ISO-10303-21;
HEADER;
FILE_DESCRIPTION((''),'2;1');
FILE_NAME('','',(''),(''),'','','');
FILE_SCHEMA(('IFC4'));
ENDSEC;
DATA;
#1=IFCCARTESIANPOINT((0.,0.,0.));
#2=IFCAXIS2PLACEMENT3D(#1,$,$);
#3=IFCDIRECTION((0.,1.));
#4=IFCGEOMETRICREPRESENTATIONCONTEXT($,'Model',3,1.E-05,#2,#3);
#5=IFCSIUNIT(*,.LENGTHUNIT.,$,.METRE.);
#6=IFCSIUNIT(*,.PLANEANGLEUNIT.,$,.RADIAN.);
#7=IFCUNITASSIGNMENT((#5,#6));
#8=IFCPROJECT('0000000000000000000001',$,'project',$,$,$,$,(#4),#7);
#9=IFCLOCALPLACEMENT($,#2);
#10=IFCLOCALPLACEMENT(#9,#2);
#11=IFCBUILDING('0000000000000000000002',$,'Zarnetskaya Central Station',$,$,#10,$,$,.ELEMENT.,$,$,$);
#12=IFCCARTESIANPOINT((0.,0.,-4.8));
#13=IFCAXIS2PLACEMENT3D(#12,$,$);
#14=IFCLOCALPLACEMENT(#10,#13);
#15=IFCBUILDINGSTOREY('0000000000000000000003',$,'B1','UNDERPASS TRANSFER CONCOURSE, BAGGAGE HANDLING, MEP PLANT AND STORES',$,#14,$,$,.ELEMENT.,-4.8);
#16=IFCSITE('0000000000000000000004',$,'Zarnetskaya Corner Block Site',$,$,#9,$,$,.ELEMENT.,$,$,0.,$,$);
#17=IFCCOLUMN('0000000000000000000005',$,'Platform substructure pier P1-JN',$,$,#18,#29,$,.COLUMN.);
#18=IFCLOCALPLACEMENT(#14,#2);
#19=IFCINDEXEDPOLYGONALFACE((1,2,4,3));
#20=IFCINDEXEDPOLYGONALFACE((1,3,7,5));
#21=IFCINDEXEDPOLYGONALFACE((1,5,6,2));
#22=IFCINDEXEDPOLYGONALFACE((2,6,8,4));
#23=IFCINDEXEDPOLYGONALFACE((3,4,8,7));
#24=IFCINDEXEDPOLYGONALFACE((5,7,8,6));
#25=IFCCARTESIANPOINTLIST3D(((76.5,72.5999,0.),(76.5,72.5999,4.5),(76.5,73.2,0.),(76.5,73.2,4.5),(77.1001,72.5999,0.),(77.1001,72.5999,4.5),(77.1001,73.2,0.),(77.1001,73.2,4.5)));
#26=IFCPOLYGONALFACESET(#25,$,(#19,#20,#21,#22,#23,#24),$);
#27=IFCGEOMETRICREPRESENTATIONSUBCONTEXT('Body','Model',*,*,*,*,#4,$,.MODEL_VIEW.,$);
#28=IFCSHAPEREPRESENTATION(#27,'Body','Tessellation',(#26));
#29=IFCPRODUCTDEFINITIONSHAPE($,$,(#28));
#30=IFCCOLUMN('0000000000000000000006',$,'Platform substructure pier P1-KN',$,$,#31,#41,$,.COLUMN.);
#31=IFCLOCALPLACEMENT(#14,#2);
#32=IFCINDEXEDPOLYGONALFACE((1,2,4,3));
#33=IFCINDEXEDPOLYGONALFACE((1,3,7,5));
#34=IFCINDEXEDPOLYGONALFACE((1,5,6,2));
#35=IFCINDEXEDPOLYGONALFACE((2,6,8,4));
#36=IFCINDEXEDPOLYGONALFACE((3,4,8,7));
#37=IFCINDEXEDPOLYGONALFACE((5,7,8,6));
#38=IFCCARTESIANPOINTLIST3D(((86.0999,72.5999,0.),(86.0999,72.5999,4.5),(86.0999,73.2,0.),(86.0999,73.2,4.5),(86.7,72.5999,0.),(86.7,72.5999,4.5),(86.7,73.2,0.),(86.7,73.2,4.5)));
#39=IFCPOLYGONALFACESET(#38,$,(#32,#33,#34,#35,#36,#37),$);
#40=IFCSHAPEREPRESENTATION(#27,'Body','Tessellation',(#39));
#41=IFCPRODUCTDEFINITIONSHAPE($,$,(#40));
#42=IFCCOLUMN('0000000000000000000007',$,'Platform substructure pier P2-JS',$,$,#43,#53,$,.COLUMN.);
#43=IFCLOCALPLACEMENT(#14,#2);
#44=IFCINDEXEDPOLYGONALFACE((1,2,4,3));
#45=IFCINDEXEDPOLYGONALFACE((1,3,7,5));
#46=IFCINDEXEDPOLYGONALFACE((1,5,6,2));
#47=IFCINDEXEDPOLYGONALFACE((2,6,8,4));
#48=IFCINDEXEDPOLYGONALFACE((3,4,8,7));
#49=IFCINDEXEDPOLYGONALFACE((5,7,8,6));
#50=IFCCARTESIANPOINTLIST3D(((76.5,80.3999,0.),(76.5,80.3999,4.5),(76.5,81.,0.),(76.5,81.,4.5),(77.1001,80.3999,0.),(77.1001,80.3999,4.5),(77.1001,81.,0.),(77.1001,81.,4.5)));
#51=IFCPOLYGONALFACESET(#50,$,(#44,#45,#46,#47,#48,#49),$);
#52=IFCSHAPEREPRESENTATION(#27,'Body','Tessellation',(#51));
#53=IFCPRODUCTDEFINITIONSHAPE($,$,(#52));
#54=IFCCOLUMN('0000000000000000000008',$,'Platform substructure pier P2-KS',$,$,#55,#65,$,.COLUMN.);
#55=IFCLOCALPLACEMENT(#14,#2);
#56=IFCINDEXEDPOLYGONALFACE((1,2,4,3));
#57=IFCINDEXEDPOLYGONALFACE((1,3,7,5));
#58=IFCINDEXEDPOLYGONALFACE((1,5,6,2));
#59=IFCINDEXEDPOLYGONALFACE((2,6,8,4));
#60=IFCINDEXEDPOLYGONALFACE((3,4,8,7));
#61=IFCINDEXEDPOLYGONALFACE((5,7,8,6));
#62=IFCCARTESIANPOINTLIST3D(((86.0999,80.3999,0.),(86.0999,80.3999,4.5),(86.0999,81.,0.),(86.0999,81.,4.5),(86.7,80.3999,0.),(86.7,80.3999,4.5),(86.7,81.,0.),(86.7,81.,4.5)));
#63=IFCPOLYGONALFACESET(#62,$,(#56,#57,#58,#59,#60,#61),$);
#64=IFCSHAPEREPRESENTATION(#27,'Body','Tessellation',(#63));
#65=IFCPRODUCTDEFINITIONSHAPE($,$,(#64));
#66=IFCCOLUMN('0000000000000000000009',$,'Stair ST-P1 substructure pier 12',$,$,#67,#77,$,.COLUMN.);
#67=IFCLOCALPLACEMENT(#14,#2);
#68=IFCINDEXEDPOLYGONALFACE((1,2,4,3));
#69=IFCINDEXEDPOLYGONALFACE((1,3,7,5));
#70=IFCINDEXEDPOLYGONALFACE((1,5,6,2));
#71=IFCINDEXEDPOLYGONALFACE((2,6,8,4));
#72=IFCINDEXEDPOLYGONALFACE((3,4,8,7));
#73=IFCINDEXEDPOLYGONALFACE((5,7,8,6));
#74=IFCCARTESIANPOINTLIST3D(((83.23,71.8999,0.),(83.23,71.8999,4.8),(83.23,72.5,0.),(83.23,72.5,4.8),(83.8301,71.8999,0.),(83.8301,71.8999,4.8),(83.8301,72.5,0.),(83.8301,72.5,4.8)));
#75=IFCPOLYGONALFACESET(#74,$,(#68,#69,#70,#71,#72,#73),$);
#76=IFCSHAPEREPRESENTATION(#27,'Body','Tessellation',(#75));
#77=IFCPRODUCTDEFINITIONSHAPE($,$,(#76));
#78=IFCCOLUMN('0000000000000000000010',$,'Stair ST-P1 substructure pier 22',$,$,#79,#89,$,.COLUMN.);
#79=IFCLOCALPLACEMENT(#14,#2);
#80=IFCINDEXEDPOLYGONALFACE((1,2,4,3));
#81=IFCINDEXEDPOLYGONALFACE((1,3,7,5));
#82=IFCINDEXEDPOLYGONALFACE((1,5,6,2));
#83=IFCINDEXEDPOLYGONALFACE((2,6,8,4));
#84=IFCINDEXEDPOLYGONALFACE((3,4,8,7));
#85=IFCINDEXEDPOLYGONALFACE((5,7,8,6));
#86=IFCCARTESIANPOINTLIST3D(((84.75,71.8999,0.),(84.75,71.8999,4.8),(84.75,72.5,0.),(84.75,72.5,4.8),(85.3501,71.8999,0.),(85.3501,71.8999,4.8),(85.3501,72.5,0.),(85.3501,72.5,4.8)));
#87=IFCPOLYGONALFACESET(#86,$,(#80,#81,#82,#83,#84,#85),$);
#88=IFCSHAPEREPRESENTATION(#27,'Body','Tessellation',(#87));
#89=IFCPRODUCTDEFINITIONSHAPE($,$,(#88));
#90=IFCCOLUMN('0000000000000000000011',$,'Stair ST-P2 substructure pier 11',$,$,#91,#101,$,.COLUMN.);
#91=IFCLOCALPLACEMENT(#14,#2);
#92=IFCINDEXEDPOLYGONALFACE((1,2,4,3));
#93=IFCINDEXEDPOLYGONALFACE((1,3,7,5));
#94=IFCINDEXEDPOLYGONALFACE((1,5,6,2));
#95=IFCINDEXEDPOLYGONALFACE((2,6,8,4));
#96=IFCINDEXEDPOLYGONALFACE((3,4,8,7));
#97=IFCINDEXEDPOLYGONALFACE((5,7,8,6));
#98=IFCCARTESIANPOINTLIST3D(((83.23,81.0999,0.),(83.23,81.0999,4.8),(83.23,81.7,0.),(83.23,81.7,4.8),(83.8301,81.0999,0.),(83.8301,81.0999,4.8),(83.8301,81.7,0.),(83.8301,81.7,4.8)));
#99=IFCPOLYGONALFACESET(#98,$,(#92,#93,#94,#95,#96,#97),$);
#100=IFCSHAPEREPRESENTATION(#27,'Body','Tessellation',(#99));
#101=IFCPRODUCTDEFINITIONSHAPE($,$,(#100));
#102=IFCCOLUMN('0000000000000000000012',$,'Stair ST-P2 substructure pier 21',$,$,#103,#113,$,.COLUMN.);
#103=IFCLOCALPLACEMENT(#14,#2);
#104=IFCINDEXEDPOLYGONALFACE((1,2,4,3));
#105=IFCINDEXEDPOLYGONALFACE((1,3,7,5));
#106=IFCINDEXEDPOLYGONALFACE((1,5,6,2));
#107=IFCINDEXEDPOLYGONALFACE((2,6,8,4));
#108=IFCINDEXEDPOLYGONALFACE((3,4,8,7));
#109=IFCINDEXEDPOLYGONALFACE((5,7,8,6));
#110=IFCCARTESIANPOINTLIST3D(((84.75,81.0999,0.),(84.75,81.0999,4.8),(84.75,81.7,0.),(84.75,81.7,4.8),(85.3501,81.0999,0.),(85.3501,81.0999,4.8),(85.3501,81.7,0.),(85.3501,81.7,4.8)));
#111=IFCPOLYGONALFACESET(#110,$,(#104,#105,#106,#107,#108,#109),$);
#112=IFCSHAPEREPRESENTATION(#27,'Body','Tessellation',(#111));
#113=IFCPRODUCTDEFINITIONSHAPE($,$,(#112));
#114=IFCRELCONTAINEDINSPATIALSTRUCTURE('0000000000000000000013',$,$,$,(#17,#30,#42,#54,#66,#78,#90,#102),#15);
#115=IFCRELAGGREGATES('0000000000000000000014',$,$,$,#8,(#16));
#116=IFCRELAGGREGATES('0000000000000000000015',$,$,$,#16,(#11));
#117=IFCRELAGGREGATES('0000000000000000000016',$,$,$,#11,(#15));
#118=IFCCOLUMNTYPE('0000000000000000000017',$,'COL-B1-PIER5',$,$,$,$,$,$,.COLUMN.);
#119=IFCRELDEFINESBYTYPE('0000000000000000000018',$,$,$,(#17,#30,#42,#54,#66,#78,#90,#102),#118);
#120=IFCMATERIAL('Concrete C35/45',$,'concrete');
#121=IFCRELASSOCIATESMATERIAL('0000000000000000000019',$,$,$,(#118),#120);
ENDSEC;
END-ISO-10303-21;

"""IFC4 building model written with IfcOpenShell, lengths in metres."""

from ifc_helpers import new_model, si_unit, direction, frame, origin, origin_2d, place, context, subcontext, project, spatial, rectangle, extrude, material, material_profile, profile_set, type_object, element, save


model = new_model("IFC4")

# Units and contexts
model_context = context("Model", 3, precision=1e-05, world=origin(), true_north=direction((0.0, 1.0)))
body_context = subcontext(model_context, "Body", "Model", "MODEL_VIEW")
ifc_project = project(units=[si_unit("LENGTHUNIT", "METRE"), si_unit("PLANEANGLEUNIT", "RADIAN")], contexts=[model_context])

# Site, building, storey
site_placement = place(None, origin())
site = spatial("IfcSite", under=ifc_project, at=site_placement, Name="Zarnetskaya Corner Block Site", CompositionType="ELEMENT", RefElevation=0.0)
building_placement = place(site_placement, origin())
building = spatial("IfcBuilding", under=site, at=building_placement, Name="Zarnetskaya Central Station", CompositionType="ELEMENT")
storey_placement = place(building_placement, frame((0.0, 0.0, -4.8)))
storey = spatial("IfcBuildingStorey", under=building, at=storey_placement, Name="B1", Description="UNDERPASS TRANSFER CONCOURSE, BAGGAGE HANDLING, MEP PLANT AND STORES", CompositionType="ELEMENT", Elevation=-4.8)

# Shared definitions
ifc_material = material(Name="Concrete C35/45", Category="concrete")

# Columns
ifc_material_profile_1 = material_profile(ifc_material, rectangle(XDim=0.6001, YDim=0.6001, at=origin_2d()), Name="RC 600x600")
ifc_profile_set_1 = profile_set([ifc_material_profile_1], Name="Concrete C35/45")
column_type_1 = type_object("IfcColumnType", Name="COL-B1-PIER5", PredefinedType="COLUMN", material=ifc_profile_set_1)
for number, where, z_axis, x_axis, name in (
    (1, (76.8, 72.8999, 0.0), (0.0, 0.0, 1.0), (1.0, 0.0, 0.0), "Platform substructure pier P1-JN"),
    (2, (86.3999, 72.8999, 0.0), (0.0, 0.0, 1.0), (1.0, 0.0, 0.0), "Platform substructure pier P1-KN"),
    (3, (76.8, 80.7, 0.0), (0.0, 0.0, 1.0), (1.0, 0.0, 0.0), "Platform substructure pier P2-JS"),
    (4, (86.3999, 80.7, 0.0), (0.0, 0.0, 1.0), (1.0, 0.0, 0.0), "Platform substructure pier P2-KS"),
):
    element("IfcColumn", number, at=place(storey_placement, frame(where, z_axis=z_axis, x_axis=x_axis)), inside=storey, type_object=column_type_1, Name=name, PredefinedType="COLUMN", context=body_context, shape_type="SweptSolid", body=[
        extrude(rectangle(XDim=0.6001, YDim=0.6001, at=origin_2d()), origin(), (0.0, 0.0, 1.0), 4.5),
    ])
for number, where, z_axis, x_axis, name in (
    (5, (83.53, 72.2, 0.0), (0.0, 0.0, 1.0), (1.0, 0.0, 0.0), "Stair ST-P1 substructure pier 12"),
    (6, (85.05, 72.2, 0.0), (0.0, 0.0, 1.0), (1.0, 0.0, 0.0), "Stair ST-P1 substructure pier 22"),
    (7, (83.53, 81.3999, 0.0), (0.0, 0.0, 1.0), (1.0, 0.0, 0.0), "Stair ST-P2 substructure pier 11"),
    (8, (85.05, 81.3999, 0.0), (0.0, 0.0, 1.0), (1.0, 0.0, 0.0), "Stair ST-P2 substructure pier 21"),
):
    element("IfcColumn", number, at=place(storey_placement, frame(where, z_axis=z_axis, x_axis=x_axis)), inside=storey, type_object=column_type_1, Name=name, PredefinedType="COLUMN", context=body_context, shape_type="SweptSolid", body=[
        extrude(rectangle(XDim=0.6001, YDim=0.6001, at=origin_2d()), origin(), (0.0, 0.0, 1.0), 4.8),
    ])

save(model, "model.ifc")
